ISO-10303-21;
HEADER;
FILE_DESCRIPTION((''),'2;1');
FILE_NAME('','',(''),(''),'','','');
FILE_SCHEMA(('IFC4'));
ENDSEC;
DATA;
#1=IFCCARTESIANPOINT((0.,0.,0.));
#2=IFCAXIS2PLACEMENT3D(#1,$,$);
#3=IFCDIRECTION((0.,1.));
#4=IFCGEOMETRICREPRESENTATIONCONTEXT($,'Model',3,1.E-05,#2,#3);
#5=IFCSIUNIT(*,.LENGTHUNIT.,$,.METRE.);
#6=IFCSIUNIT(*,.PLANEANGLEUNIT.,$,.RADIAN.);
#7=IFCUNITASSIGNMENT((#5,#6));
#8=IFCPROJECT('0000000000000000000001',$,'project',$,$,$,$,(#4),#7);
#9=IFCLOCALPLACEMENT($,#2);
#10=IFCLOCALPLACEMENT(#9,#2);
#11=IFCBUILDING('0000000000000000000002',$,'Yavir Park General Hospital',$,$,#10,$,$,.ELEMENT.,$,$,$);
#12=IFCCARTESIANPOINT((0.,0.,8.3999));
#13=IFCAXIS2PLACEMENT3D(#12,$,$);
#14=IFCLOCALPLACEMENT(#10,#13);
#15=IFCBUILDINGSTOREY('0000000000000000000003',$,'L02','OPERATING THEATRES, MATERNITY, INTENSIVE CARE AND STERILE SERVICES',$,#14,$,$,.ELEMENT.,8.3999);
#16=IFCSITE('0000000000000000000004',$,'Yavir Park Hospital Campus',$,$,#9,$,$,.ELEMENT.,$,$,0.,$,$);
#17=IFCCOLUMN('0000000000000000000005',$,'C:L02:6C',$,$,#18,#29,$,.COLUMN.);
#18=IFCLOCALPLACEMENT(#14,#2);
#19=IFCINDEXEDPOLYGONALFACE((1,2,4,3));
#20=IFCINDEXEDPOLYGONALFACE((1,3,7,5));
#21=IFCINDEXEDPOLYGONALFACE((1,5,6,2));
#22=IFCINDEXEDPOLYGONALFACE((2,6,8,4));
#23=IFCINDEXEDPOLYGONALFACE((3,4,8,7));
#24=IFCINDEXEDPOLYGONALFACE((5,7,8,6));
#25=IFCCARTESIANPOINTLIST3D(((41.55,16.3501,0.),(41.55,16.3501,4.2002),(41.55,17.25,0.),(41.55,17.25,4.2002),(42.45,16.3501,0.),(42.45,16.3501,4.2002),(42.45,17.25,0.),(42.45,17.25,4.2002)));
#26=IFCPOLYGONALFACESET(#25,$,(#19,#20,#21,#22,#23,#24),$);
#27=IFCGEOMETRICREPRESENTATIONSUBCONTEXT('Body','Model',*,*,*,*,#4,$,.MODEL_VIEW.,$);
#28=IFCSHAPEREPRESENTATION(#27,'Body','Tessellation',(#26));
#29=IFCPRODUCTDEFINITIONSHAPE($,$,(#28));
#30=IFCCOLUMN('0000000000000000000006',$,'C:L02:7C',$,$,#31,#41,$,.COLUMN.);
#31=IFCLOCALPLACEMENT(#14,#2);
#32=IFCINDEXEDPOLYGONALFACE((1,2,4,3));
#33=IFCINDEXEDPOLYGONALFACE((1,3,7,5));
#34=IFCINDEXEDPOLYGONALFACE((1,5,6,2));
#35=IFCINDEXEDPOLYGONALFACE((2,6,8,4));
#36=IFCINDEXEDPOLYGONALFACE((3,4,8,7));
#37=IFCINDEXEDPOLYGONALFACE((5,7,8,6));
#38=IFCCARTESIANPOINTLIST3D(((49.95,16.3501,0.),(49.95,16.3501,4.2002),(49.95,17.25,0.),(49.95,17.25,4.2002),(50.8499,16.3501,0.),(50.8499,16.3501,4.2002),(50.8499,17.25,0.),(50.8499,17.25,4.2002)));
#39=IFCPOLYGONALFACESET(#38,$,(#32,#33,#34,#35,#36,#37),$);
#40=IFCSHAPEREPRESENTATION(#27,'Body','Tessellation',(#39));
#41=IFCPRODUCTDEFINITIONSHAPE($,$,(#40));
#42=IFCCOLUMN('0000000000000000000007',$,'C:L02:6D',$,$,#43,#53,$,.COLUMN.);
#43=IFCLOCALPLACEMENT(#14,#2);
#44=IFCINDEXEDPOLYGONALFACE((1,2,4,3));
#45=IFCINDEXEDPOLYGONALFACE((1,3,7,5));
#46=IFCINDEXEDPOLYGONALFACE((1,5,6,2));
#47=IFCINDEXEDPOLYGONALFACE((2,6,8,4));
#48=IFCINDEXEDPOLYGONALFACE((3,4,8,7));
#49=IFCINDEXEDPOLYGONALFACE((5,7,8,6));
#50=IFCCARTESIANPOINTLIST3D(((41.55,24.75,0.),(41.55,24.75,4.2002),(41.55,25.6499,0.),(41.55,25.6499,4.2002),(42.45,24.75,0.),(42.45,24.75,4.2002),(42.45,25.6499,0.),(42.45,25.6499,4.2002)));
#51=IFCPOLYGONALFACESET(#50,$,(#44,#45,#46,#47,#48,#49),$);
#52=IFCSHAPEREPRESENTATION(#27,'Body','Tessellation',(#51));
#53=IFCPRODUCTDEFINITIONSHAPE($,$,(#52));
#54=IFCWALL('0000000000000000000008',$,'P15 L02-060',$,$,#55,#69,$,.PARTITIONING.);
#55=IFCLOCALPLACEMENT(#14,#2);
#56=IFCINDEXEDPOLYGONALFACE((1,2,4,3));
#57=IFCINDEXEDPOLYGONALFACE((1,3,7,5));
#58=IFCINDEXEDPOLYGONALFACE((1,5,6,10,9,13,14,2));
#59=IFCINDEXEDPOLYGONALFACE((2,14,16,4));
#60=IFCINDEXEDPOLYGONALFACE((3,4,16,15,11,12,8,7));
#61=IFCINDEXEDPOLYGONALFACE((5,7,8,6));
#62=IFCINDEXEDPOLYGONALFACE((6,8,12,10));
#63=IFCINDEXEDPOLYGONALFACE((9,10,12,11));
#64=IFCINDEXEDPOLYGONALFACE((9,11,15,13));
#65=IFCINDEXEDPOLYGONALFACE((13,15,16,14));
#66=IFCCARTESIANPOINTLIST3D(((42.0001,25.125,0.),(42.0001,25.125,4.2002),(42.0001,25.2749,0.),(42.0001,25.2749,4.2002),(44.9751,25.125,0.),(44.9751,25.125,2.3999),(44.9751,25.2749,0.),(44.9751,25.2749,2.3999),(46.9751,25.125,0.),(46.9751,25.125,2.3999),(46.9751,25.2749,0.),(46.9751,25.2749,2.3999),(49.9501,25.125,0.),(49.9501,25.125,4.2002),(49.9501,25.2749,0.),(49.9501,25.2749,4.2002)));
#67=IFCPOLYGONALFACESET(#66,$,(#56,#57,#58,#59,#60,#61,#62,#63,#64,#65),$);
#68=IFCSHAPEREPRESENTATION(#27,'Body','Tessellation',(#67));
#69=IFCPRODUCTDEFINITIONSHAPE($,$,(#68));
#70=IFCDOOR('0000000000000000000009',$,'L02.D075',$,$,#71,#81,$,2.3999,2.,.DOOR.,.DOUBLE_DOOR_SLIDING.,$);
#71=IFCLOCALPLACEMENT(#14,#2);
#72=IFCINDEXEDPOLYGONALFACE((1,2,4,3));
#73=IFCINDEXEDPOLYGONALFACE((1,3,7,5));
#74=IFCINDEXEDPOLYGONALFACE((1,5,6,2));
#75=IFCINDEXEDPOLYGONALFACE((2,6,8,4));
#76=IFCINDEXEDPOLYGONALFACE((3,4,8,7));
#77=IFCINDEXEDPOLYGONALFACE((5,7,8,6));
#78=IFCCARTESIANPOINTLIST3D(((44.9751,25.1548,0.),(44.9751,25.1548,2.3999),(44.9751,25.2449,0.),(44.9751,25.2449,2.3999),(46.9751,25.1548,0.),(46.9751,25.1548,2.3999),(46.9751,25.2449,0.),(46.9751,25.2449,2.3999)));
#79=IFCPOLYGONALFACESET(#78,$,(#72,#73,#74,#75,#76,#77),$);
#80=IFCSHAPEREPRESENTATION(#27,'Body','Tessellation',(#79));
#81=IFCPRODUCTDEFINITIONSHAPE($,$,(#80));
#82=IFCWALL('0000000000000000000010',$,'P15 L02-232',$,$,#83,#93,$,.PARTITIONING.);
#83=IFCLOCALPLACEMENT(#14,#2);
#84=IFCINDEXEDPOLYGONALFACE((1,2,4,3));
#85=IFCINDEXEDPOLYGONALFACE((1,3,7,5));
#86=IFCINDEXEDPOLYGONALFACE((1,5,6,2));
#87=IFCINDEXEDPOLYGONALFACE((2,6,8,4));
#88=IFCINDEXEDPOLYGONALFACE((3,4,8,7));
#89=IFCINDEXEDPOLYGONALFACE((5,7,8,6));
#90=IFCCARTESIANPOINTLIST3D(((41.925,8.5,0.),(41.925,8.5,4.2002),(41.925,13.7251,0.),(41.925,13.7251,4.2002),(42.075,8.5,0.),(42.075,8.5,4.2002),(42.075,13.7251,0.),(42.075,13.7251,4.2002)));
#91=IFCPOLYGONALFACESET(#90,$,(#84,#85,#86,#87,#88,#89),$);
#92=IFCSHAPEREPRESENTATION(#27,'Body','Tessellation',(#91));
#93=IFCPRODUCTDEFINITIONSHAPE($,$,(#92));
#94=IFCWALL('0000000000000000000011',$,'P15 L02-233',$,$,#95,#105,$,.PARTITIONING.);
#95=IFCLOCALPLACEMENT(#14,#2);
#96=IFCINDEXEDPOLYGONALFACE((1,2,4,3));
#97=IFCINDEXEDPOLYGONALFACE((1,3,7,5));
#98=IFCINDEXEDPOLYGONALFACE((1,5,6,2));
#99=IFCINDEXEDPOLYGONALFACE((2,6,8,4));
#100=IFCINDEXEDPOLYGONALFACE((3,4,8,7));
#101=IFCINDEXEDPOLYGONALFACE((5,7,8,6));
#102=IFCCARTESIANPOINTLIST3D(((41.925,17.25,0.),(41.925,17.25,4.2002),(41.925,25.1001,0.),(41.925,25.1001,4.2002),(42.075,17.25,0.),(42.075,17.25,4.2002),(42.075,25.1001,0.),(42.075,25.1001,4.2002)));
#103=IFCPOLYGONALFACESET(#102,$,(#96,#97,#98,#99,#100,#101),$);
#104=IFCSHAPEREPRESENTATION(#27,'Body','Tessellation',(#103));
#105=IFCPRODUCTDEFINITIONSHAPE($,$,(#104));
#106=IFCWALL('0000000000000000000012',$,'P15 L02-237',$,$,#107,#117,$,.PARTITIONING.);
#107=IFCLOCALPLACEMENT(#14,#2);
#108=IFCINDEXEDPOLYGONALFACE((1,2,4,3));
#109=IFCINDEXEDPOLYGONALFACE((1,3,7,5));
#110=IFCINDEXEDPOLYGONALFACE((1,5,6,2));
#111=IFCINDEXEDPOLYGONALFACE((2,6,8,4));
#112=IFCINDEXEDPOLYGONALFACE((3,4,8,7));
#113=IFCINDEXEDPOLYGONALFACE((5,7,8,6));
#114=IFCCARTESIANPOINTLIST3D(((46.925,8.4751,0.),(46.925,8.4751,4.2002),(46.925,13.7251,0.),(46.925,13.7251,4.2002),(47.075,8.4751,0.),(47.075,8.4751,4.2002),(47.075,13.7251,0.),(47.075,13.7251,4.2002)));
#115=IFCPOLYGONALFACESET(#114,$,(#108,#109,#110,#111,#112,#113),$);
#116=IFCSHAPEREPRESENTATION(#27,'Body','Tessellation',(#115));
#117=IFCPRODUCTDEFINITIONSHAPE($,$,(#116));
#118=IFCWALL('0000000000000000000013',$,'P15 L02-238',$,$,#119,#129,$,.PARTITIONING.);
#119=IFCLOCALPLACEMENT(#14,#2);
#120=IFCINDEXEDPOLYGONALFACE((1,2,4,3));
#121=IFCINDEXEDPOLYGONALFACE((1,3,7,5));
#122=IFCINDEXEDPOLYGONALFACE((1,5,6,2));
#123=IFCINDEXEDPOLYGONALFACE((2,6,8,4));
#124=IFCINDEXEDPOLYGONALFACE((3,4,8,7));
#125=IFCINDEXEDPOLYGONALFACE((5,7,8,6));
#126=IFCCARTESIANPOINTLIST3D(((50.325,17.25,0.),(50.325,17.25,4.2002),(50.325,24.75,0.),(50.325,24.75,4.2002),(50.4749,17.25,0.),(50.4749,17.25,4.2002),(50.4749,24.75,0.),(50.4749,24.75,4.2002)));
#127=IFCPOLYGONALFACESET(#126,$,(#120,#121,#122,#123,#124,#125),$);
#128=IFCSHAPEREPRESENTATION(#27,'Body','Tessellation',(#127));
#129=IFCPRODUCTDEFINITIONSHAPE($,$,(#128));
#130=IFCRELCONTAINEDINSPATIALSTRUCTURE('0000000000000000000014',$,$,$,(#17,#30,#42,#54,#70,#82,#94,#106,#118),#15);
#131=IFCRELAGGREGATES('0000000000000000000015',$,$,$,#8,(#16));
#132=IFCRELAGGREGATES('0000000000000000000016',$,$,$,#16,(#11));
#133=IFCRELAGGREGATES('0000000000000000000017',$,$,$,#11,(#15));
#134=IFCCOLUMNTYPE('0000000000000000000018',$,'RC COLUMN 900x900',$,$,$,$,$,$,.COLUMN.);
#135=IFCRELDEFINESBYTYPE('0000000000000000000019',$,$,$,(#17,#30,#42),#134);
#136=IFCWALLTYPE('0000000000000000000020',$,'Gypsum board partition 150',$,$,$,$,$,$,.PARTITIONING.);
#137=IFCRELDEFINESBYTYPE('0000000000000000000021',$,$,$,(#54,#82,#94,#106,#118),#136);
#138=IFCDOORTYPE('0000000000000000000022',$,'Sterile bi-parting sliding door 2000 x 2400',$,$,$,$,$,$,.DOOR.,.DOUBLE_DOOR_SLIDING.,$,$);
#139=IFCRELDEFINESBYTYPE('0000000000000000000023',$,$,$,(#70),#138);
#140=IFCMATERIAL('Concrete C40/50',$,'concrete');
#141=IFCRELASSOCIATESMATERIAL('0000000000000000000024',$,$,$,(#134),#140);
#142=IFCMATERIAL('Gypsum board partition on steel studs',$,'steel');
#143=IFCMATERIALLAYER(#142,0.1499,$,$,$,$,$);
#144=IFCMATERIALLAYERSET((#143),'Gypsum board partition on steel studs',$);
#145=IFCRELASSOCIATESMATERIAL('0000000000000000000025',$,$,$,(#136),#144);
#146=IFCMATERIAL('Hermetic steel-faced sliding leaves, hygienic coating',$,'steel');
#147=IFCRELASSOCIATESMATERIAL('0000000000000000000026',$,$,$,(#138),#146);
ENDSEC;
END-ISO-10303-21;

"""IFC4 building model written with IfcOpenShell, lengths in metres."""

from ifc_helpers import new_model, si_unit, direction, frame, frame_2d, origin, origin_2d, place, context, subcontext, project, spatial, rectangle, extrude, material, layer, layer_set, material_profile, profile_set, type_object, element, fill, save


model = new_model("IFC4")

# Units and contexts
model_context = context("Model", 3, precision=1e-05, world=origin(), true_north=direction((0.0, 1.0)))
body_context = subcontext(model_context, "Body", "Model", "MODEL_VIEW")
ifc_project = project(units=[si_unit("LENGTHUNIT", "METRE"), si_unit("PLANEANGLEUNIT", "RADIAN")], contexts=[model_context])

# Site, building, storey
site_placement = place(None, origin())
site = spatial("IfcSite", under=ifc_project, at=site_placement, Name="Yavir Park Hospital Campus", CompositionType="ELEMENT", RefElevation=0.0)
building_placement = place(site_placement, origin())
building = spatial("IfcBuilding", under=site, at=building_placement, Name="Yavir Park General Hospital", CompositionType="ELEMENT")
storey_placement = place(building_placement, frame((0.0, 0.0, 8.3999)))
storey = spatial("IfcBuildingStorey", under=building, at=storey_placement, Name="L02", Description="OPERATING THEATRES, MATERNITY, INTENSIVE CARE AND STERILE SERVICES", CompositionType="ELEMENT", Elevation=8.3999)

# Columns
ifc_material_1 = material(Name="Concrete C40/50", Category="concrete")
ifc_material_profile = material_profile(ifc_material_1, rectangle(XDim=0.8999, YDim=0.8999, at=origin_2d()), Name="RC900x900")
ifc_profile_set = profile_set([ifc_material_profile], Name="Concrete C40/50")
column_type = type_object("IfcColumnType", Name="RC COLUMN 900x900", PredefinedType="COLUMN", material=ifc_profile_set)
for number, where, z_axis, x_axis, name in (
    (1, (42.0, 16.8, 0.0), (0.0, 0.0, 1.0), (1.0, 0.0, 0.0), "C:L02:6C"),
    (2, (50.3999, 16.8, 0.0), (0.0, 0.0, 1.0), (1.0, 0.0, 0.0), "C:L02:7C"),
    (3, (42.0, 25.2, 0.0), (0.0, 0.0, 1.0), (1.0, 0.0, 0.0), "C:L02:6D"),
):
    element("IfcColumn", number, at=place(storey_placement, frame(where, z_axis=z_axis, x_axis=x_axis)), inside=storey, type_object=column_type, Name=name, PredefinedType="COLUMN", context=body_context, shape_type="SweptSolid", body=[
        extrude(rectangle(XDim=0.8999, YDim=0.8999, at=origin_2d()), origin(), (0.0, 0.0, 1.0), 4.2002),
    ])

# Shared definitions
ifc_material_2 = material(Name="Gypsum board partition on steel studs", Category="steel")
ifc_layer = layer(ifc_material_2, 0.1499)
ifc_layer_set = layer_set([ifc_layer], Name="Gypsum board partition on steel studs")
wall_type = type_object("IfcWallType", Name="Gypsum board partition 150", PredefinedType="PARTITIONING", material=ifc_layer_set)
ifc_material_3 = material(Name="Hermetic steel-faced sliding leaves, hygienic coating", Category="steel")
door_type = type_object("IfcDoorType", Name="Sterile bi-parting sliding door 2000 x 2400", OperationType="DOUBLE_DOOR_SLIDING", PredefinedType="DOOR", material=ifc_material_3)

# Wall, opening, door
wall_1_placement = place(storey_placement, frame((42.0, 25.2, 0.0), z_axis=(0.0, 0.0, 1.0), x_axis=(1.0, 0.0, 0.0)))
wall_1 = element("IfcWall", 4, at=wall_1_placement, inside=storey, type_object=wall_type, Name="P15 L02-060", PredefinedType="PARTITIONING", context=body_context, shape_type="SweptSolid", body=[
    extrude(rectangle(XDim=7.95, YDim=0.1499, at=frame_2d((3.9751, 0.0))), origin(), (0.0, 0.0, 1.0), 4.2002),
])
opening_1_placement = place(wall_1_placement, frame((2.9751, 0.0, 0.0)))
opening_1 = element("IfcOpeningElement", 5, at=opening_1_placement, cuts=wall_1, PredefinedType="OPENING", context=body_context, shape_type="SweptSolid", body=[
    extrude(rectangle(XDim=2.0, YDim=2.3999, at=frame_2d((1.0, 1.2))), frame((0.0, 0.085, 0.0), z_axis=(0.0, -1.0, 0.0), x_axis=(1.0, 0.0, 0.0)), (0.0, 0.0, 1.0), 0.1699),
])
door_1_placement = place(opening_1_placement, origin())
door_1 = element("IfcDoor", 6, at=door_1_placement, inside=storey, type_object=door_type, Name="L02.D075", OperationType="DOUBLE_DOOR_SLIDING", OverallHeight=2.3999, OverallWidth=2.0, PredefinedType="DOOR", context=body_context, shape_type="SweptSolid", body=[
    extrude(rectangle(XDim=2.0, YDim=2.3999, at=frame_2d((1.0, 1.2))), frame((0.0, 0.0449, 0.0), z_axis=(0.0, -1.0, 0.0), x_axis=(1.0, 0.0, 0.0)), (0.0, 0.0, 1.0), 0.0901),
])
fill(opening_1, door_1)

# Walls
wall_2_placement = place(storey_placement, frame((42.0, 8.5, 0.0), z_axis=(0.0, 0.0, 1.0), x_axis=(0.0, 1.0, 0.0)))
element("IfcWall", 7, at=wall_2_placement, inside=storey, type_object=wall_type, Name="P15 L02-232", PredefinedType="PARTITIONING", context=body_context, shape_type="SweptSolid", body=[
    extrude(rectangle(XDim=5.2251, YDim=0.1499, at=frame_2d((2.6125, 0.0))), origin(), (0.0, 0.0, 1.0), 4.2002),
])
wall_3_placement = place(storey_placement, frame((42.0, 17.25, 0.0), z_axis=(0.0, 0.0, 1.0), x_axis=(0.0, 1.0, 0.0)))
element("IfcWall", 8, at=wall_3_placement, inside=storey, type_object=wall_type, Name="P15 L02-233", PredefinedType="PARTITIONING", context=body_context, shape_type="SweptSolid", body=[
    extrude(rectangle(XDim=7.8501, YDim=0.1499, at=frame_2d((3.925, 0.0))), origin(), (0.0, 0.0, 1.0), 4.2002),
])
wall_4_placement = place(storey_placement, frame((47.0, 8.4751, 0.0), z_axis=(0.0, 0.0, 1.0), x_axis=(0.0, 1.0, 0.0)))
element("IfcWall", 9, at=wall_4_placement, inside=storey, type_object=wall_type, Name="P15 L02-237", PredefinedType="PARTITIONING", context=body_context, shape_type="SweptSolid", body=[
    extrude(rectangle(XDim=5.25, YDim=0.1499, at=frame_2d((2.625, 0.0))), origin(), (0.0, 0.0, 1.0), 4.2002),
])
wall_5_placement = place(storey_placement, frame((50.3999, 17.25, 0.0), z_axis=(0.0, 0.0, 1.0), x_axis=(0.0, 1.0, 0.0)))
element("IfcWall", 10, at=wall_5_placement, inside=storey, type_object=wall_type, Name="P15 L02-238", PredefinedType="PARTITIONING", context=body_context, shape_type="SweptSolid", body=[
    extrude(rectangle(XDim=7.5, YDim=0.1499, at=frame_2d((3.75, 0.0))), origin(), (0.0, 0.0, 1.0), 4.2002),
])

save(model, "model.ifc")
